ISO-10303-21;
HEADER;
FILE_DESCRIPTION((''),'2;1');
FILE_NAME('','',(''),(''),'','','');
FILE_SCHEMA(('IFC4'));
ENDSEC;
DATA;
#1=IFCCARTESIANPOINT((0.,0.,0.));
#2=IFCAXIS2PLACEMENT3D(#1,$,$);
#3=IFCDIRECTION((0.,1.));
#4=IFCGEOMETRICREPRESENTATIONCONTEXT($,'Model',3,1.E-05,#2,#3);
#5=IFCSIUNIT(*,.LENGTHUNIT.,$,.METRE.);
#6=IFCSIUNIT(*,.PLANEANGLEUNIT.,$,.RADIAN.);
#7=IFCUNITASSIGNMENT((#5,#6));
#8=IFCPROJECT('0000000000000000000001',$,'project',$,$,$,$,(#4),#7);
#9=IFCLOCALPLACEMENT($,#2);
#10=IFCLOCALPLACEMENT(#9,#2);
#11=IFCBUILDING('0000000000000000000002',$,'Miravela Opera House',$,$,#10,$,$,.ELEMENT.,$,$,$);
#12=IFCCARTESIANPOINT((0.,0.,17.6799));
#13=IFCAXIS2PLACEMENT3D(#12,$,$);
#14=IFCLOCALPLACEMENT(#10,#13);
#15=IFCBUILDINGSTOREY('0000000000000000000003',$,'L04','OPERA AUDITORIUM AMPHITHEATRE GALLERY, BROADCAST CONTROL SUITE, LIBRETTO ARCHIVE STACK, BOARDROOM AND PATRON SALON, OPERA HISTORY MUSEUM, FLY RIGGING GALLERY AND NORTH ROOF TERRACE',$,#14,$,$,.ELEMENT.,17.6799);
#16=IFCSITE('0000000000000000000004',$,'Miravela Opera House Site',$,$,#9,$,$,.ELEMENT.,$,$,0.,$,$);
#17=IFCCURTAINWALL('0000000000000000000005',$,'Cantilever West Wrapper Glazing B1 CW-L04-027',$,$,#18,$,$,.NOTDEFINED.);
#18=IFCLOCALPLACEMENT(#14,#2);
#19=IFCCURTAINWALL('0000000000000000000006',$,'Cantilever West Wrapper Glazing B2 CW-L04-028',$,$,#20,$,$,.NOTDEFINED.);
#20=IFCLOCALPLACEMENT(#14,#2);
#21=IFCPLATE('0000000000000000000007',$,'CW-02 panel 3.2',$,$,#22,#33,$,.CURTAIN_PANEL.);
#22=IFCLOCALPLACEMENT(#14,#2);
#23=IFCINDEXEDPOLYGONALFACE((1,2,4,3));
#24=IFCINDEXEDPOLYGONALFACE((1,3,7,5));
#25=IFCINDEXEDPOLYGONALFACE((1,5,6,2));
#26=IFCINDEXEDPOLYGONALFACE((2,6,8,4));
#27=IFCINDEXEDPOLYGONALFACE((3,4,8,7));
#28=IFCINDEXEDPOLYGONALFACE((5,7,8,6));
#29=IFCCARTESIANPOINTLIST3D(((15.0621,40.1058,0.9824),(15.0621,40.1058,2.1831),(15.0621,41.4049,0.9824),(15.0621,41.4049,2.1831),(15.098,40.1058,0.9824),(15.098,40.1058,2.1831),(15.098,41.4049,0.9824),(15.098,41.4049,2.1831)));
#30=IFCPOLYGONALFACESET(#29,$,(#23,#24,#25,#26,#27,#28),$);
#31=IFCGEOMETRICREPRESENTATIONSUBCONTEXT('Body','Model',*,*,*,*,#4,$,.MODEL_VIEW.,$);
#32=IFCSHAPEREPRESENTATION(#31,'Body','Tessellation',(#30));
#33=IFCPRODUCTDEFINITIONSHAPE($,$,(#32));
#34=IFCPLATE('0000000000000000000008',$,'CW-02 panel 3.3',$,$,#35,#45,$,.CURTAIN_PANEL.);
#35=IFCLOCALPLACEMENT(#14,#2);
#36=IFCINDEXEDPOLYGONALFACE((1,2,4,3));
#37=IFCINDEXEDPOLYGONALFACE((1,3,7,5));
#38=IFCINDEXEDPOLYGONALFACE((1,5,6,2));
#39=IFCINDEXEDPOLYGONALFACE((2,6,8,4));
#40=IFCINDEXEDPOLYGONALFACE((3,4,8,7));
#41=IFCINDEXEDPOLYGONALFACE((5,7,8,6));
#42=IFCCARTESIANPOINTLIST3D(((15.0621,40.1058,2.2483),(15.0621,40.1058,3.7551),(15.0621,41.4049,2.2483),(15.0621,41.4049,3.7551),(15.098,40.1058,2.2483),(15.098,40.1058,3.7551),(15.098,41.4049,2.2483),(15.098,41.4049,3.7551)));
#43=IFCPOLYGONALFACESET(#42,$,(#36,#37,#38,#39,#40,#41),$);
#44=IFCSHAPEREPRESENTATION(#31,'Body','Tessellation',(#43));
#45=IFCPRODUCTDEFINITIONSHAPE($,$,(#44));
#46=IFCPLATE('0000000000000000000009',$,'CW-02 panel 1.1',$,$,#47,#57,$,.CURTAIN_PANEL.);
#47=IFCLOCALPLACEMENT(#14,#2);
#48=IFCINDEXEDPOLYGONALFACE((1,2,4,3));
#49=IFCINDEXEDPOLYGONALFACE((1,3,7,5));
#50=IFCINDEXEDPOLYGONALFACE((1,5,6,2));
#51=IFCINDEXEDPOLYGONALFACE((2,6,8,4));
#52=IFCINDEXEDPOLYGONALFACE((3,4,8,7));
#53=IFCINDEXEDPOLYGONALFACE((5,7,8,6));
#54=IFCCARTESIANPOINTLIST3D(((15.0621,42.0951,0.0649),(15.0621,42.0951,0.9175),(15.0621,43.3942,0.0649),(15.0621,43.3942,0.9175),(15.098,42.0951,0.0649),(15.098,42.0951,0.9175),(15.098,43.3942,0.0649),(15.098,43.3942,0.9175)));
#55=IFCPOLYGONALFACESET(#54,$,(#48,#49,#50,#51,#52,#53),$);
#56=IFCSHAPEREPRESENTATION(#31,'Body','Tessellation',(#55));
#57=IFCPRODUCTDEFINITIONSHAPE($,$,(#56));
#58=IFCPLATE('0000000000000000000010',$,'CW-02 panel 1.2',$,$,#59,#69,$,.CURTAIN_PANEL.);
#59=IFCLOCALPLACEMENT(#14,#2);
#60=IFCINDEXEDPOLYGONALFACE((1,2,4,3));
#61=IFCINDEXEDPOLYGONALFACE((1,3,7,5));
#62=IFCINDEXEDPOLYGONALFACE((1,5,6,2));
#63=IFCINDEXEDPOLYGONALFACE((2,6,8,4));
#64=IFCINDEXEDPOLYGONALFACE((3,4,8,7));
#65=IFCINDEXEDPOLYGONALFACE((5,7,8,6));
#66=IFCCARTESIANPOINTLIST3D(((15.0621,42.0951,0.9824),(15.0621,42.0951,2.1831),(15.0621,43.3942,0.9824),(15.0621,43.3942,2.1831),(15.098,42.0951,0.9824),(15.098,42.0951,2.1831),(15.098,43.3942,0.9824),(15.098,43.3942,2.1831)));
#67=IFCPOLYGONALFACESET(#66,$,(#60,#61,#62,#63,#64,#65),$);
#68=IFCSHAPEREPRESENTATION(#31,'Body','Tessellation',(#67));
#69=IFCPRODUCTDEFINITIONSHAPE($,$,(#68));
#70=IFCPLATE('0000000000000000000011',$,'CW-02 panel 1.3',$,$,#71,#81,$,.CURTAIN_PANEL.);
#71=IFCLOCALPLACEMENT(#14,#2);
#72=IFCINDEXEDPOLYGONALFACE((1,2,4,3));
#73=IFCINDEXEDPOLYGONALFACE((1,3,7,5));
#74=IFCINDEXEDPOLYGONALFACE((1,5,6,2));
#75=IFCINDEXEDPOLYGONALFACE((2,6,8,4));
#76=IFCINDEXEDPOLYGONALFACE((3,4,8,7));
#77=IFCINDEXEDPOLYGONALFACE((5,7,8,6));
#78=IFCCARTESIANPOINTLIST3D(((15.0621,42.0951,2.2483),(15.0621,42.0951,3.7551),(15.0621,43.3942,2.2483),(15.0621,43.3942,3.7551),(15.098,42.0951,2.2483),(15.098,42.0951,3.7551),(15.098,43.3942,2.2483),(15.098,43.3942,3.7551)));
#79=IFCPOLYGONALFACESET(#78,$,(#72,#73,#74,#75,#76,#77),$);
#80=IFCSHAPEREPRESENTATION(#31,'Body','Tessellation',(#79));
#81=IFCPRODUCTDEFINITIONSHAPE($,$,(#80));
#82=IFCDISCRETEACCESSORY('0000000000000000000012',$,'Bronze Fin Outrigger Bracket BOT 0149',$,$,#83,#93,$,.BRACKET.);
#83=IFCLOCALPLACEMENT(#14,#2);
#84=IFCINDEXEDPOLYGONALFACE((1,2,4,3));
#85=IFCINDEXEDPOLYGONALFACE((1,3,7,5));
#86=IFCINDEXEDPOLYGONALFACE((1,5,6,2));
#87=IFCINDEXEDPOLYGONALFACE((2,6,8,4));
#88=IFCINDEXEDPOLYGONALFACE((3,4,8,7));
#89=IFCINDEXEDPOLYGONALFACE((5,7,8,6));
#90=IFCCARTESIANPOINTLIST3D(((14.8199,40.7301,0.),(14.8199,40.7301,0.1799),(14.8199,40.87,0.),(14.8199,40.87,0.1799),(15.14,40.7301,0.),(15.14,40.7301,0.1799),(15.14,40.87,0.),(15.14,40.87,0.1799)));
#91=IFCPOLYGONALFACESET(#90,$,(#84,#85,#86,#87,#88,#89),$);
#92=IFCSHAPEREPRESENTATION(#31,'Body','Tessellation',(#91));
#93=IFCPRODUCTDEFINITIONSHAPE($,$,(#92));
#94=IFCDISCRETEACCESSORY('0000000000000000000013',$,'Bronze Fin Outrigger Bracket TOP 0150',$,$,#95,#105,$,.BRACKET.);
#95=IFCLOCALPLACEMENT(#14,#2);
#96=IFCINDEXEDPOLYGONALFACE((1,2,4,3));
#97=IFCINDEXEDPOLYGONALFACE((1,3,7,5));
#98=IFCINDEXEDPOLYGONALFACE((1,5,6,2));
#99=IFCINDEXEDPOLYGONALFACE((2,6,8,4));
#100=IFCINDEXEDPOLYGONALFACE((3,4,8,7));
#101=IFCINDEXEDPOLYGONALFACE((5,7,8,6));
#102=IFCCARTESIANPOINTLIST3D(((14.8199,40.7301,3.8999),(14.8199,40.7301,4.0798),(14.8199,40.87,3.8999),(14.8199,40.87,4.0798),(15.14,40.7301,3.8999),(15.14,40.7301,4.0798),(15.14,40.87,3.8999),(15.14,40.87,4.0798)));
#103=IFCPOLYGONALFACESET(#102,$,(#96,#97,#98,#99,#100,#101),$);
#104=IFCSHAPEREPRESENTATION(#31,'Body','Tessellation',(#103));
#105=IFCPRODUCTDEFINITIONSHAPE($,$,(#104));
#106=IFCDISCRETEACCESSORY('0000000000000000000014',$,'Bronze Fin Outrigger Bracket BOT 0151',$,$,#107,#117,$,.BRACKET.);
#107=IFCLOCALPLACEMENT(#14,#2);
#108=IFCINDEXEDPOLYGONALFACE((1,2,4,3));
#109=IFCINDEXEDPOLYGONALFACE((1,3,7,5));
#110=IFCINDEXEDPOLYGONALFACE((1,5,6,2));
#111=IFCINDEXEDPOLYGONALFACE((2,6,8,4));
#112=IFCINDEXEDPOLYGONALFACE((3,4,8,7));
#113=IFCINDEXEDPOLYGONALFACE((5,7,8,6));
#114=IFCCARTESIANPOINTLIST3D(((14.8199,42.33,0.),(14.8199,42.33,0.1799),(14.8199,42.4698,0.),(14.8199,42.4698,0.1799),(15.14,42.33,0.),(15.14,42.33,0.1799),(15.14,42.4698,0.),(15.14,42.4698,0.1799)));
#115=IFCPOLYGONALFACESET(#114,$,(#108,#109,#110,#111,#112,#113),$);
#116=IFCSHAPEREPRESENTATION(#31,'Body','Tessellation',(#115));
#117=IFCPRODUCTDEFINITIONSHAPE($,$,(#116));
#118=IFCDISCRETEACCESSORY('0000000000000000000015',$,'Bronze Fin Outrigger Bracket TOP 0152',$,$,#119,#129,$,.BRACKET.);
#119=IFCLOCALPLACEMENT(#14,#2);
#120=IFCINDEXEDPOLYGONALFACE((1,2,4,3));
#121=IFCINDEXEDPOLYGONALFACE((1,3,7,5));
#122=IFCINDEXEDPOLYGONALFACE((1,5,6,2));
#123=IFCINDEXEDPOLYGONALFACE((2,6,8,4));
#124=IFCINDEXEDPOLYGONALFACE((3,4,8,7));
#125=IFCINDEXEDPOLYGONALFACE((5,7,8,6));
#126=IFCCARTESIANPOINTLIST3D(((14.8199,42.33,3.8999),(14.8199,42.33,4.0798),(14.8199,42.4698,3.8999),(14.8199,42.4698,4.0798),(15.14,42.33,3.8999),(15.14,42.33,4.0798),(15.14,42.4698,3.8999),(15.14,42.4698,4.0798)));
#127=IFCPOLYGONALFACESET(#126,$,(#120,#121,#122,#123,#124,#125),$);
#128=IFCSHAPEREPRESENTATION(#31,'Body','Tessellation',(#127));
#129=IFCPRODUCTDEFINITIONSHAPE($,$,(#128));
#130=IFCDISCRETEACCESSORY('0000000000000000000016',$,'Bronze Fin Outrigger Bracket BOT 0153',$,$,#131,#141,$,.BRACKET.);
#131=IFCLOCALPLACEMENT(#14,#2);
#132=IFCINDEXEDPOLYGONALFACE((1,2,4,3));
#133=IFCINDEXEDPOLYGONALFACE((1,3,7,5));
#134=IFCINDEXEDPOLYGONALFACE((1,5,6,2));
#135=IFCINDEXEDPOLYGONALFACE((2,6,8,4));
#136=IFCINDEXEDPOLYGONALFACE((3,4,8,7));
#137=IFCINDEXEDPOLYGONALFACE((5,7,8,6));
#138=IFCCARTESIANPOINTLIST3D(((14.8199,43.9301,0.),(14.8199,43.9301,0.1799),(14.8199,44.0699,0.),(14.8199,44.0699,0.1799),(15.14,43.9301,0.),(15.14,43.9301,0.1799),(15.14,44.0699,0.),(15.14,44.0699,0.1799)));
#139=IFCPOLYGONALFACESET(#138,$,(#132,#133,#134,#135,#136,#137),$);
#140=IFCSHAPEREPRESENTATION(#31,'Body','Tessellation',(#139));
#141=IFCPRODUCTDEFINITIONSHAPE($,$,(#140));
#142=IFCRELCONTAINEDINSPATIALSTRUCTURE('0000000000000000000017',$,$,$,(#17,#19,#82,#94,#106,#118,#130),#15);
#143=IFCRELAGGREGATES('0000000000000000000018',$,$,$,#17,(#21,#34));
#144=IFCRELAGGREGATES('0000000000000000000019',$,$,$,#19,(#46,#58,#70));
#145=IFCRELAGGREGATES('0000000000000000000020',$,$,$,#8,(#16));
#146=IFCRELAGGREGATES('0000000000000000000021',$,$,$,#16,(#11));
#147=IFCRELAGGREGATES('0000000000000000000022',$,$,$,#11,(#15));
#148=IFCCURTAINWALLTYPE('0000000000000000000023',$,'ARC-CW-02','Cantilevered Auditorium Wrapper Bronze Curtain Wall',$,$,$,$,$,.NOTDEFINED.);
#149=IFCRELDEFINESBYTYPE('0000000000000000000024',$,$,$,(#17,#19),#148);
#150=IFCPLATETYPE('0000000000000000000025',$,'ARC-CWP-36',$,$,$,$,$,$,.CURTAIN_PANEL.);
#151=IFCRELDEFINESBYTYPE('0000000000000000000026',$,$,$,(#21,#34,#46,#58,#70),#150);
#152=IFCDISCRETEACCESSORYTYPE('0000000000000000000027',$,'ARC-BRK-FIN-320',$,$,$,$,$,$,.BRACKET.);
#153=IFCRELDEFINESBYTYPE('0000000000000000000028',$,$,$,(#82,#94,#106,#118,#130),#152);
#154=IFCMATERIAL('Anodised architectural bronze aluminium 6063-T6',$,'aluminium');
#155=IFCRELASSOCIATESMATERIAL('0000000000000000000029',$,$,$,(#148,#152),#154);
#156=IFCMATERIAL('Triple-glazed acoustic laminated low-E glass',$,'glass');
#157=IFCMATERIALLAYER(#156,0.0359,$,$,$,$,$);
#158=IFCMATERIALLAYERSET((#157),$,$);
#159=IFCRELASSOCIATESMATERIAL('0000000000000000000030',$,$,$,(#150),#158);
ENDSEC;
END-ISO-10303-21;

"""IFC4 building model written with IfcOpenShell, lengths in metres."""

from ifc_helpers import new_model, si_unit, direction, frame, origin, origin_2d, place, context, subcontext, project, spatial, rectangle, extrude, material, layer, layer_set, type_object, element, aggregate, save


model = new_model("IFC4")

# Units and contexts
model_context = context("Model", 3, precision=1e-05, world=origin(), true_north=direction((0.0, 1.0)))
body_context = subcontext(model_context, "Body", "Model", "MODEL_VIEW")
ifc_project = project(units=[si_unit("LENGTHUNIT", "METRE"), si_unit("PLANEANGLEUNIT", "RADIAN")], contexts=[model_context])

# Site, building, storey
site_placement = place(None, origin())
site = spatial("IfcSite", under=ifc_project, at=site_placement, Name="Miravela Opera House Site", CompositionType="ELEMENT", RefElevation=0.0)
building_placement = place(site_placement, origin())
building = spatial("IfcBuilding", under=site, at=building_placement, Name="Miravela Opera House", CompositionType="ELEMENT")
storey_placement = place(building_placement, frame((0.0, 0.0, 17.6799)))
storey = spatial("IfcBuildingStorey", under=building, at=storey_placement, Name="L04", Description="OPERA AUDITORIUM AMPHITHEATRE GALLERY, BROADCAST CONTROL SUITE, LIBRETTO ARCHIVE STACK, BOARDROOM AND PATRON SALON, OPERA HISTORY MUSEUM, FLY RIGGING GALLERY AND NORTH ROOF TERRACE", CompositionType="ELEMENT", Elevation=17.6799)

# Curtain wall
ifc_material_1 = material(Name="Anodised architectural bronze aluminium 6063-T6", Category="aluminium")
curtain_wall_type = type_object("IfcCurtainWallType", Name="ARC-CW-02", Description="Cantilevered Auditorium Wrapper Bronze Curtain Wall", PredefinedType="NOTDEFINED", material=ifc_material_1)
curtain_wall_1_placement = place(storey_placement, origin())
curtain_wall_1 = element("IfcCurtainWall", 1, at=curtain_wall_1_placement, inside=storey, type_object=curtain_wall_type, Name="Cantilever West Wrapper Glazing B1 CW-L04-027", PredefinedType="NOTDEFINED")

# Curtain wall
curtain_wall_2_placement = place(storey_placement, origin())
curtain_wall_2 = element("IfcCurtainWall", 2, at=curtain_wall_2_placement, inside=storey, type_object=curtain_wall_type, Name="Cantilever West Wrapper Glazing B2 CW-L04-028", PredefinedType="NOTDEFINED")

# Plates
ifc_material_2 = material(Name="Triple-glazed acoustic laminated low-E glass", Category="glass")
ifc_layer = layer(ifc_material_2, 0.0359)
ifc_layer_set = layer_set([ifc_layer])
plate_type = type_object("IfcPlateType", Name="ARC-CWP-36", PredefinedType="CURTAIN_PANEL", material=ifc_layer_set)
plate_1_placement = place(storey_placement, frame((15.0801, 40.7554, 0.9824), z_axis=(0.0, 0.0, 1.0), x_axis=(0.0, 1.0, 0.0)))
plate_1 = element("IfcPlate", 3, at=plate_1_placement, type_object=plate_type, Name="CW-02 panel 3.2", PredefinedType="CURTAIN_PANEL", context=body_context, shape_type="SweptSolid", body=[
    extrude(rectangle(XDim=1.2991, YDim=0.0359, at=origin_2d()), origin(), (0.0, 0.0, 1.0), 1.2007),
])
plate_2_placement = place(storey_placement, frame((15.0801, 40.7554, 2.2483), z_axis=(0.0, 0.0, 1.0), x_axis=(0.0, 1.0, 0.0)))
plate_2 = element("IfcPlate", 4, at=plate_2_placement, type_object=plate_type, Name="CW-02 panel 3.3", PredefinedType="CURTAIN_PANEL", context=body_context, shape_type="SweptSolid", body=[
    extrude(rectangle(XDim=1.2991, YDim=0.0359, at=origin_2d()), origin(), (0.0, 0.0, 1.0), 1.5068),
])
aggregate(curtain_wall_1, [plate_1, plate_2])
plate_3_placement = place(storey_placement, frame((15.0801, 42.7446, 0.0649), z_axis=(0.0, 0.0, 1.0), x_axis=(0.0, 1.0, 0.0)))
plate_3 = element("IfcPlate", 5, at=plate_3_placement, type_object=plate_type, Name="CW-02 panel 1.1", PredefinedType="CURTAIN_PANEL", context=body_context, shape_type="SweptSolid", body=[
    extrude(rectangle(XDim=1.2991, YDim=0.0359, at=origin_2d()), origin(), (0.0, 0.0, 1.0), 0.8525),
])
plate_4_placement = place(storey_placement, frame((15.0801, 42.7446, 0.9824), z_axis=(0.0, 0.0, 1.0), x_axis=(0.0, 1.0, 0.0)))
plate_4 = element("IfcPlate", 6, at=plate_4_placement, type_object=plate_type, Name="CW-02 panel 1.2", PredefinedType="CURTAIN_PANEL", context=body_context, shape_type="SweptSolid", body=[
    extrude(rectangle(XDim=1.2991, YDim=0.0359, at=origin_2d()), origin(), (0.0, 0.0, 1.0), 1.2007),
])
plate_5_placement = place(storey_placement, frame((15.0801, 42.7446, 2.2483), z_axis=(0.0, 0.0, 1.0), x_axis=(0.0, 1.0, 0.0)))
plate_5 = element("IfcPlate", 7, at=plate_5_placement, type_object=plate_type, Name="CW-02 panel 1.3", PredefinedType="CURTAIN_PANEL", context=body_context, shape_type="SweptSolid", body=[
    extrude(rectangle(XDim=1.2991, YDim=0.0359, at=origin_2d()), origin(), (0.0, 0.0, 1.0), 1.5068),
])
aggregate(curtain_wall_2, [plate_3, plate_4, plate_5])

# Discrete accessories
discrete_accessory_type = type_object("IfcDiscreteAccessoryType", Name="ARC-BRK-FIN-320", PredefinedType="BRACKET", material=ifc_material_1)
for number, where, z_axis, x_axis, name in (
    (8, (14.98, 40.8, 0.0), (0.0, 0.0, 1.0), (1.0, 0.0, 0.0), "Bronze Fin Outrigger Bracket BOT 0149"),
    (9, (14.98, 40.8, 3.8999), (0.0, 0.0, 1.0), (1.0, 0.0, 0.0), "Bronze Fin Outrigger Bracket TOP 0150"),
    (10, (14.98, 42.3999, 0.0), (0.0, 0.0, 1.0), (1.0, 0.0, 0.0), "Bronze Fin Outrigger Bracket BOT 0151"),
    (11, (14.98, 42.3999, 3.8999), (0.0, 0.0, 1.0), (1.0, 0.0, 0.0), "Bronze Fin Outrigger Bracket TOP 0152"),
    (12, (14.98, 44.0, 0.0), (0.0, 0.0, 1.0), (1.0, 0.0, 0.0), "Bronze Fin Outrigger Bracket BOT 0153"),
):
    element("IfcDiscreteAccessory", number, at=place(storey_placement, frame(where, z_axis=z_axis, x_axis=x_axis)), inside=storey, type_object=discrete_accessory_type, Name=name, PredefinedType="BRACKET", context=body_context, shape_type="SweptSolid", body=[
        extrude(rectangle(XDim=0.3201, YDim=0.1399, at=origin_2d()), origin(), (0.0, 0.0, 1.0), 0.1799),
    ])

save(model, "model.ifc")
